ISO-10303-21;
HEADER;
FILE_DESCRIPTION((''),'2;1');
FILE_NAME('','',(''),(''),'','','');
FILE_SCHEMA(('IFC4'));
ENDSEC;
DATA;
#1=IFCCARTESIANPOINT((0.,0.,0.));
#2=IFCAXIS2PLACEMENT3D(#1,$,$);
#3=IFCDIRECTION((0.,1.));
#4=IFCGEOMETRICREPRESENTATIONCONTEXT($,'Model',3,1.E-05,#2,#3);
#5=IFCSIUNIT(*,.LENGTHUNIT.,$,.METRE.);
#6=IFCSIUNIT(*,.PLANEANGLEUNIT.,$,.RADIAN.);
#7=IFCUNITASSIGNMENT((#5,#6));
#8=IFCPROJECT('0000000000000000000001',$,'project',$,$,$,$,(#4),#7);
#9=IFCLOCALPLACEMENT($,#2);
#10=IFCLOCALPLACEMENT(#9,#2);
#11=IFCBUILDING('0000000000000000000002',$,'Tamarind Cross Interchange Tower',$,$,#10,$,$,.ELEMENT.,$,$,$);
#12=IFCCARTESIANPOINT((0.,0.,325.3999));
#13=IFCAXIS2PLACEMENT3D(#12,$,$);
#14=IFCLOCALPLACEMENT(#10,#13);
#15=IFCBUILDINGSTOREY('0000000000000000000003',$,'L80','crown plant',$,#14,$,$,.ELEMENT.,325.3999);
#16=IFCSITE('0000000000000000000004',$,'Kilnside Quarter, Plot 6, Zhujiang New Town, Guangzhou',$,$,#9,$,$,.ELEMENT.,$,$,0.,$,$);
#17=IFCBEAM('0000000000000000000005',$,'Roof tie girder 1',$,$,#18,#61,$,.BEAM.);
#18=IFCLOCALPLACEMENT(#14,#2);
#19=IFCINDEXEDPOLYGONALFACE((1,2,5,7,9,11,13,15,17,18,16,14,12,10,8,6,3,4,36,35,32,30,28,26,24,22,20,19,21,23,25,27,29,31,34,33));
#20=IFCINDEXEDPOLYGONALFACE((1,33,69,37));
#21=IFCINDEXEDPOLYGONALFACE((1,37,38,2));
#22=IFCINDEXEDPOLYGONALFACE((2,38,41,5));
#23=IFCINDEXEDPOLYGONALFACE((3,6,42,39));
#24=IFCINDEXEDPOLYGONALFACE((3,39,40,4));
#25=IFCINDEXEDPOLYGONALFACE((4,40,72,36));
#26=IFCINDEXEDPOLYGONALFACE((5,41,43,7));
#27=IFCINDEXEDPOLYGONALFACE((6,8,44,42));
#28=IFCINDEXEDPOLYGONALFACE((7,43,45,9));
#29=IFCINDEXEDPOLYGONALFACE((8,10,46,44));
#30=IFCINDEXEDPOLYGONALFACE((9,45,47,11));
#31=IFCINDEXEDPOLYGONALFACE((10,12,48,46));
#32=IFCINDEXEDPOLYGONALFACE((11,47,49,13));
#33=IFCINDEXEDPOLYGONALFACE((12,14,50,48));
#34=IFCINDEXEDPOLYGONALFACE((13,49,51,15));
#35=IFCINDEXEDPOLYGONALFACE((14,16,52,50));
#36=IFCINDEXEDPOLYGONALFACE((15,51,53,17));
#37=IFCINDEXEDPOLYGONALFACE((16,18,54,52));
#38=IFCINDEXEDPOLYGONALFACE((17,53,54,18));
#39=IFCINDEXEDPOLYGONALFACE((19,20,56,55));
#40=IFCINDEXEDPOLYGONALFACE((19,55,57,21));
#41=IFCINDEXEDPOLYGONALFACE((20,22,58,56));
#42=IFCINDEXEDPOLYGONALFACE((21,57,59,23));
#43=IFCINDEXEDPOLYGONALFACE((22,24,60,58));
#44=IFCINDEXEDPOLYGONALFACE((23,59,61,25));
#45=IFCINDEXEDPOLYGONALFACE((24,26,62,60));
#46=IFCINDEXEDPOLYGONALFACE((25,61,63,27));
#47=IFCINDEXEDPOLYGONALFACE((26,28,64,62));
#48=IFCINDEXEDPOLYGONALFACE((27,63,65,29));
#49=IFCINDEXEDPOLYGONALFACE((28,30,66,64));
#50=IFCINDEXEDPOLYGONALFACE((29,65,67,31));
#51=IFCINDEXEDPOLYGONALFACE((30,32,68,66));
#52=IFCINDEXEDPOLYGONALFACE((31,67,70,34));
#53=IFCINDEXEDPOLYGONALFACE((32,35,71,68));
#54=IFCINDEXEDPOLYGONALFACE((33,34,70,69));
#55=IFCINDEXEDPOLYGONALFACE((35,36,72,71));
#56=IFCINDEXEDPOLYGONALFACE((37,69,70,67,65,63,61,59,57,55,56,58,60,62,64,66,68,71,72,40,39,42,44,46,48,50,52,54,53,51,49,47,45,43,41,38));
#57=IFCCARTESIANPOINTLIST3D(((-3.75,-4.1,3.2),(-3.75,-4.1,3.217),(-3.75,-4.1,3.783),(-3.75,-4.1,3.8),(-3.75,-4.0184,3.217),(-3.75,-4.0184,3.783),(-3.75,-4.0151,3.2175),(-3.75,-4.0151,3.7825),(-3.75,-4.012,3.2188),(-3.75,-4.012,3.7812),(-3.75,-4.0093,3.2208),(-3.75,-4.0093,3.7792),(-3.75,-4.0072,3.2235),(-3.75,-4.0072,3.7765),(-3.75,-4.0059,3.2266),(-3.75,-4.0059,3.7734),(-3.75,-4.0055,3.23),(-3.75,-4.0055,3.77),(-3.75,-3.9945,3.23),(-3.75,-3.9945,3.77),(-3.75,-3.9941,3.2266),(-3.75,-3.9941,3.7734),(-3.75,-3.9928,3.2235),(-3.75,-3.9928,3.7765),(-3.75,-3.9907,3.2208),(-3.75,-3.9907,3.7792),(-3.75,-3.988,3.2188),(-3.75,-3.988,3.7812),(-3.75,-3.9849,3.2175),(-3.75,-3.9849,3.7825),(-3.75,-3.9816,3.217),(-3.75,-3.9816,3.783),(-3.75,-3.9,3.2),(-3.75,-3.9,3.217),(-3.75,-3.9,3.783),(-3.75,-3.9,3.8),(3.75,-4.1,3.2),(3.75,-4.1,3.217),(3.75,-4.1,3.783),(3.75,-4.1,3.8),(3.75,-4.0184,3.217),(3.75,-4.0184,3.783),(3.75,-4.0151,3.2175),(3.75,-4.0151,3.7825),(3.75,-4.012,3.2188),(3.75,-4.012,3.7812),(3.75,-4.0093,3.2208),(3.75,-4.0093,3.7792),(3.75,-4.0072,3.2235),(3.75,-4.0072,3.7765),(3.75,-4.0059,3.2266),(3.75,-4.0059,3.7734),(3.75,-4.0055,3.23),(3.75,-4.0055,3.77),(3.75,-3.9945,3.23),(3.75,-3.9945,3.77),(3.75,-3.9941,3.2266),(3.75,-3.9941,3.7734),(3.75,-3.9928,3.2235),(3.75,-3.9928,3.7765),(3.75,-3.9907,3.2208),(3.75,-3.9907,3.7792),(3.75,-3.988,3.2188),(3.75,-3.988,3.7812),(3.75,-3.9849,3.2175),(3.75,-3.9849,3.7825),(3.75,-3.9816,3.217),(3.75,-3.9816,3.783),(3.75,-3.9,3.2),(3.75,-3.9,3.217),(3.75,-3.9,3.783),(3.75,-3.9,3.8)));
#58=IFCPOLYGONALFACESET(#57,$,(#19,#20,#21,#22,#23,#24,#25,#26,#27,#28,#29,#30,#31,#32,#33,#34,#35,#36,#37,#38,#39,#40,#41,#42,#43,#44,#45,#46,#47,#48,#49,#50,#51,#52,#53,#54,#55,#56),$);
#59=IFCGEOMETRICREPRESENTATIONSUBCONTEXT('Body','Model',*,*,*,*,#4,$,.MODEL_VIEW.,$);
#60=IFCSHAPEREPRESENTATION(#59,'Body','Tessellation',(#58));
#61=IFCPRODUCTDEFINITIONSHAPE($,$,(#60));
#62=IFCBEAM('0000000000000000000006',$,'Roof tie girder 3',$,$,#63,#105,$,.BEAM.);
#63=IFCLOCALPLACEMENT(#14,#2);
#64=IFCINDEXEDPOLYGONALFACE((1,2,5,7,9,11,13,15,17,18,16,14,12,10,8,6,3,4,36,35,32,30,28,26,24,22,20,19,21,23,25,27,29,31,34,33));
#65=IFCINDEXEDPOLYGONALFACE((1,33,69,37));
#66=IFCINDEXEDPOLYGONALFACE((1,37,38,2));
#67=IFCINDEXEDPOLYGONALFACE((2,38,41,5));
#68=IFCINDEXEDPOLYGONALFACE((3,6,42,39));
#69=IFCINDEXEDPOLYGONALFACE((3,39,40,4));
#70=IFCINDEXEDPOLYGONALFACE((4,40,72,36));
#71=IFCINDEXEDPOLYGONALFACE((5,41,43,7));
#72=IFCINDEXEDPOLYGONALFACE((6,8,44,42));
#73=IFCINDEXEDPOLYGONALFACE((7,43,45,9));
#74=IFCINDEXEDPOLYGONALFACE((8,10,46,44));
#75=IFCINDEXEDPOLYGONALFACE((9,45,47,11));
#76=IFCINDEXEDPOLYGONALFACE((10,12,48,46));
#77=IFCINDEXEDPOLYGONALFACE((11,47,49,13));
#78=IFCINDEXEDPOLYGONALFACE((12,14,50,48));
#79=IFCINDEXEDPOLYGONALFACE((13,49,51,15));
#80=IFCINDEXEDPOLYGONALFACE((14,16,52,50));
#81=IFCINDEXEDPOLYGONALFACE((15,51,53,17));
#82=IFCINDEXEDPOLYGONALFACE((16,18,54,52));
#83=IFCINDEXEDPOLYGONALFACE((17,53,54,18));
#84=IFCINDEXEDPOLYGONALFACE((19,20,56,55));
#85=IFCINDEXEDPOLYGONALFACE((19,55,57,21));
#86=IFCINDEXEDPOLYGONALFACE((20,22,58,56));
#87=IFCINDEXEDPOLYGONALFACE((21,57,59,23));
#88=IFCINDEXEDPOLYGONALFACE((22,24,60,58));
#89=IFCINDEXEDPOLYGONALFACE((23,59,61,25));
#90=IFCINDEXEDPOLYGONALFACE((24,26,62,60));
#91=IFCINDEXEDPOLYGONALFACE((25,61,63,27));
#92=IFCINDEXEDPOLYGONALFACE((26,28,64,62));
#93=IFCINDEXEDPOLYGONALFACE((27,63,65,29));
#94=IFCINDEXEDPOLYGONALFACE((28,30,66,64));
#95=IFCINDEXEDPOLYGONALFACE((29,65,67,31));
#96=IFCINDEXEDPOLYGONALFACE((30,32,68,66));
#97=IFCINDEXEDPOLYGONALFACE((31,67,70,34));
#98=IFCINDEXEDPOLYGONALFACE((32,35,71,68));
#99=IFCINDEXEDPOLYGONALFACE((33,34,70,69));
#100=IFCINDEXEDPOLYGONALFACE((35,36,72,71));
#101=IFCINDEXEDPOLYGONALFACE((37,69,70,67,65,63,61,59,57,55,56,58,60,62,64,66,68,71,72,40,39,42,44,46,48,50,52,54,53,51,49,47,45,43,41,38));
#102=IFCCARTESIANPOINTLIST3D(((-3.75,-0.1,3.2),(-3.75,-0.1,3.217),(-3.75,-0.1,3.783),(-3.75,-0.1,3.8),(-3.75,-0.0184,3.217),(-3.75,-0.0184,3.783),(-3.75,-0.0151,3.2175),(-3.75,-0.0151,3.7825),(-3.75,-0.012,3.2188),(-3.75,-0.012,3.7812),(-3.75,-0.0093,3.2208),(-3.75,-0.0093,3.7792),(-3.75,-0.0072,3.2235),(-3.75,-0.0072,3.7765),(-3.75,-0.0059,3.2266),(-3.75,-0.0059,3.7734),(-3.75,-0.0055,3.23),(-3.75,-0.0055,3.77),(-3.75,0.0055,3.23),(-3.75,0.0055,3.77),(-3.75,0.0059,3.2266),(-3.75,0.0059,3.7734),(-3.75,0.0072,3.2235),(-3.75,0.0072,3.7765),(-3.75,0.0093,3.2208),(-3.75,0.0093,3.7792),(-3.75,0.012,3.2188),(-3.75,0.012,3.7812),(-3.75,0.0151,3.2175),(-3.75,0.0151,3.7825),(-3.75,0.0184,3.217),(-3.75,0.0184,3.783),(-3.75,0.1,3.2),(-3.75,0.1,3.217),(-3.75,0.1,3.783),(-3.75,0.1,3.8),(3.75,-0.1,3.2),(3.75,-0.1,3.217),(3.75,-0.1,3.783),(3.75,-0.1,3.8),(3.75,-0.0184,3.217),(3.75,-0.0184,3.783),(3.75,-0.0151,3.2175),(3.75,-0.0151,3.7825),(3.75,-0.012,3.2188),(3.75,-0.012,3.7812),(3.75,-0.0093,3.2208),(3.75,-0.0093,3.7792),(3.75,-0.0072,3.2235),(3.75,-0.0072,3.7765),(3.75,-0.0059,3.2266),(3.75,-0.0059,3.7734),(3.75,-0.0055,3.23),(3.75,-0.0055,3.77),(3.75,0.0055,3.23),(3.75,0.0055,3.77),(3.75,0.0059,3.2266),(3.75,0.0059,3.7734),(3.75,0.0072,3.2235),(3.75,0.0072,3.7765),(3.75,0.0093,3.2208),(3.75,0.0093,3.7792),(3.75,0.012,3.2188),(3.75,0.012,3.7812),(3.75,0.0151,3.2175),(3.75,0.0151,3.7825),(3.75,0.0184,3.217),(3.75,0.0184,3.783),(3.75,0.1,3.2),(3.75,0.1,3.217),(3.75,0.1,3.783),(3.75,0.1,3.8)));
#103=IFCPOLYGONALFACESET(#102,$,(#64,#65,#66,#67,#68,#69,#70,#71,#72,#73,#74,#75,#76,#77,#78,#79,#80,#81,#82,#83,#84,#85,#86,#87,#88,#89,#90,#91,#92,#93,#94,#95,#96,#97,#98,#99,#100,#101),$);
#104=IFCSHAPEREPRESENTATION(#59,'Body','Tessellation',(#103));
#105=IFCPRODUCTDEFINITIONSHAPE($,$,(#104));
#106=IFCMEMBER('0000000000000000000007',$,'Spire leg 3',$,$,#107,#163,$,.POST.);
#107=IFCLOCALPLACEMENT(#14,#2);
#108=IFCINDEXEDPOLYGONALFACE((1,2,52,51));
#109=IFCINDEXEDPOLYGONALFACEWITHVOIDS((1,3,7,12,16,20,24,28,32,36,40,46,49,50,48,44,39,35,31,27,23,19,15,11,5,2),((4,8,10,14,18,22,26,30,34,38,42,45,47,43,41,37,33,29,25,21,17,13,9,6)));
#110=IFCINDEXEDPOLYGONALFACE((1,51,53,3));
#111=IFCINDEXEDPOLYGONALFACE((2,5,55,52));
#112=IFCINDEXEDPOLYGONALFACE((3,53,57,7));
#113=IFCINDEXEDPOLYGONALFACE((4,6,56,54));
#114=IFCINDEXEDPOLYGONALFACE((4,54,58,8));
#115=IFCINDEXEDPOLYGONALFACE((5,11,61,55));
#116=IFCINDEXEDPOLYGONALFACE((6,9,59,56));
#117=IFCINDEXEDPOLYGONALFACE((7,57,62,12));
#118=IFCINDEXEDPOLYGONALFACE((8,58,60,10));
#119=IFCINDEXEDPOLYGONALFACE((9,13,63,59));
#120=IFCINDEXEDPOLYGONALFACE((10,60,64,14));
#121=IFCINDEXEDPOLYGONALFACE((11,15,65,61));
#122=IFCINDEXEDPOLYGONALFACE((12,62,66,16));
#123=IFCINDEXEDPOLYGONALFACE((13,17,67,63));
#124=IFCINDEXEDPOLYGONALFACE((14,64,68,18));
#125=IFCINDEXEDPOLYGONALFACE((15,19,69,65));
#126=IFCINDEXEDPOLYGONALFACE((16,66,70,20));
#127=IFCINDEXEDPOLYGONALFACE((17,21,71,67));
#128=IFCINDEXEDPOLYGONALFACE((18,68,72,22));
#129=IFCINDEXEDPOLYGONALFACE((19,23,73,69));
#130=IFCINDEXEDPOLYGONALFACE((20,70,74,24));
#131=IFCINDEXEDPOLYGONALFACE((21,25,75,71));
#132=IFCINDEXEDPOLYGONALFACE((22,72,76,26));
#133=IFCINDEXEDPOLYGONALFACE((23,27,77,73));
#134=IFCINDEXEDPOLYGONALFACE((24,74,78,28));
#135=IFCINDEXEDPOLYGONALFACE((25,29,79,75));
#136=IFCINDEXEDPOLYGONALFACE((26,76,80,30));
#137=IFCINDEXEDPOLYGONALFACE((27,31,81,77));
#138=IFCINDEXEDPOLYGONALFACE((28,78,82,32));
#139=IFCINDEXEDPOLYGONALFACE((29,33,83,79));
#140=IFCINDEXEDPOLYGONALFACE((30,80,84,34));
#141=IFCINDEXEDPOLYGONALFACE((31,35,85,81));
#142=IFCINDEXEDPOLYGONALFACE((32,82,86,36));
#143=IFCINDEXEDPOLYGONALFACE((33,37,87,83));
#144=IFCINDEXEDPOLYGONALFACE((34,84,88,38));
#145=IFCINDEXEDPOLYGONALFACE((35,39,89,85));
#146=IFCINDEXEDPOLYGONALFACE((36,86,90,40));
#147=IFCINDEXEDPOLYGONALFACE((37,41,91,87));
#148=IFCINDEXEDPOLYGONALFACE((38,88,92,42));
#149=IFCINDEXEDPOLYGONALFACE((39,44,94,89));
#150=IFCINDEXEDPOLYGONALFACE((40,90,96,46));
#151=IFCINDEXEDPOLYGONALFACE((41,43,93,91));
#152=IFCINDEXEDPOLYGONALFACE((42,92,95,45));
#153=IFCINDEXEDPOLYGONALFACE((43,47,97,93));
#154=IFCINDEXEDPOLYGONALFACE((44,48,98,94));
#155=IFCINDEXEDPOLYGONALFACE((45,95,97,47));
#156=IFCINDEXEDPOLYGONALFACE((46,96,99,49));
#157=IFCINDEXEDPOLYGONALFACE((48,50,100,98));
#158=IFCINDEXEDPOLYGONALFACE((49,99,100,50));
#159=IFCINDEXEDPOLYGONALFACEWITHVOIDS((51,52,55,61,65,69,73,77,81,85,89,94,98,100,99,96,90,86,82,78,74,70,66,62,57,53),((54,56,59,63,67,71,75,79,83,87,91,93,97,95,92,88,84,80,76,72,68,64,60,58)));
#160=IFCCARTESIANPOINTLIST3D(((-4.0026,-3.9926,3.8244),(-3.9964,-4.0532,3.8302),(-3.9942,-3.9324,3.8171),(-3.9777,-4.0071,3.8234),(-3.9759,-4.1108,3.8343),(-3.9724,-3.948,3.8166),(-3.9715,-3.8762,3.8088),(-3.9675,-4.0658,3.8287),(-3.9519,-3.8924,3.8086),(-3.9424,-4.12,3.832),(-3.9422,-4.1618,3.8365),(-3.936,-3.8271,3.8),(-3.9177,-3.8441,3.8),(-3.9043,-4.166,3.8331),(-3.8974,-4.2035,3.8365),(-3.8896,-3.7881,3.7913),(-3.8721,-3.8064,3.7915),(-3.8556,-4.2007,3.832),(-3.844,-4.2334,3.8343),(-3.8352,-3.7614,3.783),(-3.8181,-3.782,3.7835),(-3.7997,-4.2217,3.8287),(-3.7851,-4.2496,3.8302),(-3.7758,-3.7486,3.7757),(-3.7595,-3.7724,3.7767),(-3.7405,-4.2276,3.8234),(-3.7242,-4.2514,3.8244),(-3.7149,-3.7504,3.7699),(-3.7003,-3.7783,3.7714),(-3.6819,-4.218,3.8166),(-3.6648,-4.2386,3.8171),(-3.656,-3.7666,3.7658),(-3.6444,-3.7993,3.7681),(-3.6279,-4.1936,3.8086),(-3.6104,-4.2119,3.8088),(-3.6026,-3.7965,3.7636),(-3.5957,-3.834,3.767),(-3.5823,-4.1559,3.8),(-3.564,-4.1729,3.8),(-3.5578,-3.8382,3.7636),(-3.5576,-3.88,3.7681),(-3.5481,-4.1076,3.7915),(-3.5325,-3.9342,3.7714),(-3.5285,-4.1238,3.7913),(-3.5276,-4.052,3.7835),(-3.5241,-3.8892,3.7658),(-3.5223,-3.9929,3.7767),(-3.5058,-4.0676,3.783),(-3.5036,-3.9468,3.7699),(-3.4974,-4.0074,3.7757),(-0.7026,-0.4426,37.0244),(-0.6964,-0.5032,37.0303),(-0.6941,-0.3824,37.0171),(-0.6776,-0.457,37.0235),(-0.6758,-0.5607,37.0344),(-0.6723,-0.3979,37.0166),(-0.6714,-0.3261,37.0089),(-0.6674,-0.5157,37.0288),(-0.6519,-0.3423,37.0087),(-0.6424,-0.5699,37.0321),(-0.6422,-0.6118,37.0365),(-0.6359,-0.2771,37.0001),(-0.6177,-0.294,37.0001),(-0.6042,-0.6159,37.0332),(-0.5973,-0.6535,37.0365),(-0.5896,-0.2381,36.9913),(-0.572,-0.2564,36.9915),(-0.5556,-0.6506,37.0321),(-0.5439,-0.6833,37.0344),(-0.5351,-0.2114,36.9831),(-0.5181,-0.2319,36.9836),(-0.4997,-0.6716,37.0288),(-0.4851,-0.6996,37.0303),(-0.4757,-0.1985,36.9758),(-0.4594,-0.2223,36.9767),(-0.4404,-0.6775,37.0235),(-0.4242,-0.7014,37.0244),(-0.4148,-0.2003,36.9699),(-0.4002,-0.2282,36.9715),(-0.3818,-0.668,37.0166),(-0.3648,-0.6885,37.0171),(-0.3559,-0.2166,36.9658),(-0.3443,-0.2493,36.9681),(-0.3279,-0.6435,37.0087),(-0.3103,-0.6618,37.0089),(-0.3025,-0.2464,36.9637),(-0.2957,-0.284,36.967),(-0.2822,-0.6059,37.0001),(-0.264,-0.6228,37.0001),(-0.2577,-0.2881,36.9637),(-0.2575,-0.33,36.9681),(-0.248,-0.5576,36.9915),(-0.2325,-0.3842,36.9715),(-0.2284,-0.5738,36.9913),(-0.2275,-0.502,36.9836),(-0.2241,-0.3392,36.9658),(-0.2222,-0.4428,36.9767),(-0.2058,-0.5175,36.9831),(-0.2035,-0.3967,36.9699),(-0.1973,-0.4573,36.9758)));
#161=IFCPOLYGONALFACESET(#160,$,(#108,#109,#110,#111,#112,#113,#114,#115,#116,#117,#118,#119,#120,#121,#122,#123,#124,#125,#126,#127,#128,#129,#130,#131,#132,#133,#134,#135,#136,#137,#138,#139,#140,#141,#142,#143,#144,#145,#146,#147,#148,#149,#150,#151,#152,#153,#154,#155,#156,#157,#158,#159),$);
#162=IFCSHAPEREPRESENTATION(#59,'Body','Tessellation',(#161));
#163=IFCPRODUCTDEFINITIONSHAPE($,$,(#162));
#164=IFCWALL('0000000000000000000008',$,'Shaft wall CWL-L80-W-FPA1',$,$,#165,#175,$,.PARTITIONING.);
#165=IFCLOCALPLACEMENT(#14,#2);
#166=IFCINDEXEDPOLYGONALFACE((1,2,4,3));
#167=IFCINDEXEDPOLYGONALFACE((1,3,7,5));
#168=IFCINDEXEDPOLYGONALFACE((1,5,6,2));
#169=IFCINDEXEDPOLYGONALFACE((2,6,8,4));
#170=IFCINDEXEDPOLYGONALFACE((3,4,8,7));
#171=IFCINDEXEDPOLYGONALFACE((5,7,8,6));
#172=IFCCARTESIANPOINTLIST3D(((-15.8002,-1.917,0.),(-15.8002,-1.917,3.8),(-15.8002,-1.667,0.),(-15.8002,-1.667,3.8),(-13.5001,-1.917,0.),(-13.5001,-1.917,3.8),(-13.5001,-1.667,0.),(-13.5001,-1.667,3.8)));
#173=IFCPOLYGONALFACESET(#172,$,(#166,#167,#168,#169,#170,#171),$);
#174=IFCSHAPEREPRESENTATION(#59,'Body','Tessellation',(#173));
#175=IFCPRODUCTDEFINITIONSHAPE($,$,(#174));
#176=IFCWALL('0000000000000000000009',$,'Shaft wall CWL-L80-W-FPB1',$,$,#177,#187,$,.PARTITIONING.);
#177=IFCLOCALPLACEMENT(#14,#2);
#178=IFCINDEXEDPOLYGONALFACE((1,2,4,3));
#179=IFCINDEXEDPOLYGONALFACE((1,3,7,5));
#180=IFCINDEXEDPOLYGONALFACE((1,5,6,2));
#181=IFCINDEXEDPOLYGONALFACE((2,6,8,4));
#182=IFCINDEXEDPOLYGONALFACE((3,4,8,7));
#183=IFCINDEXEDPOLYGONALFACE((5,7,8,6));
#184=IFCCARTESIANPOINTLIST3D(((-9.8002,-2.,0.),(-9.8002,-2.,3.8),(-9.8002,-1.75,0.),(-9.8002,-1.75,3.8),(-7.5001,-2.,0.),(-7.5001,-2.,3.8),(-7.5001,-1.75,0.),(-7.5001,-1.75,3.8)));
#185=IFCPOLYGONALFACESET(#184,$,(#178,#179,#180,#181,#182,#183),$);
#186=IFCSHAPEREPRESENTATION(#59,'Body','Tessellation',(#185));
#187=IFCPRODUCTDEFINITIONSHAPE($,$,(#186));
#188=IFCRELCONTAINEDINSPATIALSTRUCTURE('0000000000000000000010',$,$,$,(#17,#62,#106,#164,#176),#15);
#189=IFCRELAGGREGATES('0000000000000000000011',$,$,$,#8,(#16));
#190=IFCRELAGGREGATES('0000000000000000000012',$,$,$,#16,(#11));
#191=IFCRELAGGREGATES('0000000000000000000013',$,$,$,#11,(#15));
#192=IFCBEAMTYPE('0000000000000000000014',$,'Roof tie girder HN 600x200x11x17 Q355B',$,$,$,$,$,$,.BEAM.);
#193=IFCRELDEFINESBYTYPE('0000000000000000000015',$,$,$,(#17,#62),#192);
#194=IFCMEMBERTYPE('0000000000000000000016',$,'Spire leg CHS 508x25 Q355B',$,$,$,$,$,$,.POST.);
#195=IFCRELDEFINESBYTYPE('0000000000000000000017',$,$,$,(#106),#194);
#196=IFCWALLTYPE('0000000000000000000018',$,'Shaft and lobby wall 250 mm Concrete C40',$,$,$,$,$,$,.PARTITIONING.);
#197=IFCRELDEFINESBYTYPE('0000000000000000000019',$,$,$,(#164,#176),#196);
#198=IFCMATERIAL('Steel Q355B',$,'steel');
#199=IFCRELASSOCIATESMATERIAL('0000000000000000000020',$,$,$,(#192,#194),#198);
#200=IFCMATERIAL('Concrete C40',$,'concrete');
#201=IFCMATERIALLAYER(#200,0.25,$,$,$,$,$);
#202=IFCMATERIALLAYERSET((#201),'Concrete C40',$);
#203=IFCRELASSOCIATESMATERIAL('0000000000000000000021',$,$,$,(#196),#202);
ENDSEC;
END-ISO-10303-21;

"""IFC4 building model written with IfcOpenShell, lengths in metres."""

from ifc_helpers import new_model, si_unit, direction, frame, frame_2d, origin, origin_2d, place, context, subcontext, project, spatial, rectangle, hollow_circle, i_section, extrude, material, layer, layer_set, material_profile, profile_set, type_object, element, save


model = new_model("IFC4")

# Units and contexts
model_context = context("Model", 3, precision=1e-05, world=origin(), true_north=direction((0.0, 1.0)))
body_context = subcontext(model_context, "Body", "Model", "MODEL_VIEW")
ifc_project = project(units=[si_unit("LENGTHUNIT", "METRE"), si_unit("PLANEANGLEUNIT", "RADIAN")], contexts=[model_context])

# Site, building, storey
site_placement = place(None, origin())
site = spatial("IfcSite", under=ifc_project, at=site_placement, Name="Kilnside Quarter, Plot 6, Zhujiang New Town, Guangzhou", CompositionType="ELEMENT", RefElevation=0.0)
building_placement = place(site_placement, origin())
building = spatial("IfcBuilding", under=site, at=building_placement, Name="Tamarind Cross Interchange Tower", CompositionType="ELEMENT")
storey_placement = place(building_placement, frame((0.0, 0.0, 325.3999)))
storey = spatial("IfcBuildingStorey", under=building, at=storey_placement, Name="L80", Description="crown plant", CompositionType="ELEMENT", Elevation=325.3999)

# Shared definitions
ifc_material_1 = material(Name="Steel Q355B", Category="steel")

# Beams
ifc_material_profile_1 = material_profile(ifc_material_1, i_section(OverallWidth=0.2, OverallDepth=0.6001, WebThickness=0.011, FlangeThickness=0.0171, FilletRadius=0.0129, at=origin_2d()), Name="HN 600x200x11x17")
ifc_profile_set_1 = profile_set([ifc_material_profile_1], Name="Steel Q355B")
beam_type_1 = type_object("IfcBeamType", Name="Roof tie girder HN 600x200x11x17 Q355B", PredefinedType="BEAM", material=ifc_profile_set_1)
for number, where, z_axis, x_axis, name in (
    (1, (-3.75, -4.0, 3.5), (1.0, 0.0, 0.0), (0.0, 1.0, 0.0), "Roof tie girder 1"),
    (2, (-3.75, 0.0, 3.5), (1.0, 0.0, 0.0), (0.0, 1.0, 0.0), "Roof tie girder 3"),
):
    element("IfcBeam", number, at=place(storey_placement, frame(where, z_axis=z_axis, x_axis=x_axis)), inside=storey, type_object=beam_type_1, Name=name, PredefinedType="BEAM", context=body_context, shape_type="SweptSolid", body=[
        extrude(i_section(OverallWidth=0.2, OverallDepth=0.6001, WebThickness=0.011, FlangeThickness=0.0171, FilletRadius=0.0129, at=origin_2d()), origin(), (0.0, 0.0, 1.0), 7.5),
    ])

# Member
ifc_material_profile_2 = material_profile(ifc_material_1, hollow_circle(Radius=0.2539, WallThickness=0.0249, at=origin_2d()), Name="CHS 508x25")
ifc_profile_set_2 = profile_set([ifc_material_profile_2], Name="Steel Q355B")
member_type_1 = type_object("IfcMemberType", Name="Spire leg CHS 508x25 Q355B", PredefinedType="POST", material=ifc_profile_set_2)
member_1_placement = place(storey_placement, frame((-3.75, -4.0, 3.8), z_axis=(0.098357, 0.105808, 0.98951), x_axis=(-0.732426, 0.680847, 0.0)))
element("IfcMember", 3, at=member_1_placement, inside=storey, type_object=member_type_1, Name="Spire leg 3", PredefinedType="POST", context=body_context, shape_type="SweptSolid", body=[
    extrude(hollow_circle(Radius=0.2539, WallThickness=0.0249, at=origin_2d()), origin(), (0.0, 0.0, 1.0), 33.552),
])

# Walls
ifc_material_2 = material(Name="Concrete C40", Category="concrete")
ifc_layer_1 = layer(ifc_material_2, 0.25)
ifc_layer_set_1 = layer_set([ifc_layer_1], Name="Concrete C40")
wall_type_1 = type_object("IfcWallType", Name="Shaft and lobby wall 250 mm Concrete C40", PredefinedType="PARTITIONING", material=ifc_layer_set_1)
for number, where, z_axis, x_axis, name in (
    (4, (-15.8, -1.792, 0.0), (0.0, 0.0, 1.0), (1.0, 0.0, 0.0), "Shaft wall CWL-L80-W-FPA1"),
    (5, (-9.8, -1.875, 0.0), (0.0, 0.0, 1.0), (1.0, 0.0, 0.0), "Shaft wall CWL-L80-W-FPB1"),
):
    element("IfcWall", number, at=place(storey_placement, frame(where, z_axis=z_axis, x_axis=x_axis)), inside=storey, type_object=wall_type_1, Name=name, PredefinedType="PARTITIONING", context=body_context, shape_type="SweptSolid", body=[
        extrude(rectangle(XDim=2.3, YDim=0.25, at=frame_2d((1.1499, 0.0))), origin(), (0.0, 0.0, 1.0), 3.8),
    ])

save(model, "model.ifc")
